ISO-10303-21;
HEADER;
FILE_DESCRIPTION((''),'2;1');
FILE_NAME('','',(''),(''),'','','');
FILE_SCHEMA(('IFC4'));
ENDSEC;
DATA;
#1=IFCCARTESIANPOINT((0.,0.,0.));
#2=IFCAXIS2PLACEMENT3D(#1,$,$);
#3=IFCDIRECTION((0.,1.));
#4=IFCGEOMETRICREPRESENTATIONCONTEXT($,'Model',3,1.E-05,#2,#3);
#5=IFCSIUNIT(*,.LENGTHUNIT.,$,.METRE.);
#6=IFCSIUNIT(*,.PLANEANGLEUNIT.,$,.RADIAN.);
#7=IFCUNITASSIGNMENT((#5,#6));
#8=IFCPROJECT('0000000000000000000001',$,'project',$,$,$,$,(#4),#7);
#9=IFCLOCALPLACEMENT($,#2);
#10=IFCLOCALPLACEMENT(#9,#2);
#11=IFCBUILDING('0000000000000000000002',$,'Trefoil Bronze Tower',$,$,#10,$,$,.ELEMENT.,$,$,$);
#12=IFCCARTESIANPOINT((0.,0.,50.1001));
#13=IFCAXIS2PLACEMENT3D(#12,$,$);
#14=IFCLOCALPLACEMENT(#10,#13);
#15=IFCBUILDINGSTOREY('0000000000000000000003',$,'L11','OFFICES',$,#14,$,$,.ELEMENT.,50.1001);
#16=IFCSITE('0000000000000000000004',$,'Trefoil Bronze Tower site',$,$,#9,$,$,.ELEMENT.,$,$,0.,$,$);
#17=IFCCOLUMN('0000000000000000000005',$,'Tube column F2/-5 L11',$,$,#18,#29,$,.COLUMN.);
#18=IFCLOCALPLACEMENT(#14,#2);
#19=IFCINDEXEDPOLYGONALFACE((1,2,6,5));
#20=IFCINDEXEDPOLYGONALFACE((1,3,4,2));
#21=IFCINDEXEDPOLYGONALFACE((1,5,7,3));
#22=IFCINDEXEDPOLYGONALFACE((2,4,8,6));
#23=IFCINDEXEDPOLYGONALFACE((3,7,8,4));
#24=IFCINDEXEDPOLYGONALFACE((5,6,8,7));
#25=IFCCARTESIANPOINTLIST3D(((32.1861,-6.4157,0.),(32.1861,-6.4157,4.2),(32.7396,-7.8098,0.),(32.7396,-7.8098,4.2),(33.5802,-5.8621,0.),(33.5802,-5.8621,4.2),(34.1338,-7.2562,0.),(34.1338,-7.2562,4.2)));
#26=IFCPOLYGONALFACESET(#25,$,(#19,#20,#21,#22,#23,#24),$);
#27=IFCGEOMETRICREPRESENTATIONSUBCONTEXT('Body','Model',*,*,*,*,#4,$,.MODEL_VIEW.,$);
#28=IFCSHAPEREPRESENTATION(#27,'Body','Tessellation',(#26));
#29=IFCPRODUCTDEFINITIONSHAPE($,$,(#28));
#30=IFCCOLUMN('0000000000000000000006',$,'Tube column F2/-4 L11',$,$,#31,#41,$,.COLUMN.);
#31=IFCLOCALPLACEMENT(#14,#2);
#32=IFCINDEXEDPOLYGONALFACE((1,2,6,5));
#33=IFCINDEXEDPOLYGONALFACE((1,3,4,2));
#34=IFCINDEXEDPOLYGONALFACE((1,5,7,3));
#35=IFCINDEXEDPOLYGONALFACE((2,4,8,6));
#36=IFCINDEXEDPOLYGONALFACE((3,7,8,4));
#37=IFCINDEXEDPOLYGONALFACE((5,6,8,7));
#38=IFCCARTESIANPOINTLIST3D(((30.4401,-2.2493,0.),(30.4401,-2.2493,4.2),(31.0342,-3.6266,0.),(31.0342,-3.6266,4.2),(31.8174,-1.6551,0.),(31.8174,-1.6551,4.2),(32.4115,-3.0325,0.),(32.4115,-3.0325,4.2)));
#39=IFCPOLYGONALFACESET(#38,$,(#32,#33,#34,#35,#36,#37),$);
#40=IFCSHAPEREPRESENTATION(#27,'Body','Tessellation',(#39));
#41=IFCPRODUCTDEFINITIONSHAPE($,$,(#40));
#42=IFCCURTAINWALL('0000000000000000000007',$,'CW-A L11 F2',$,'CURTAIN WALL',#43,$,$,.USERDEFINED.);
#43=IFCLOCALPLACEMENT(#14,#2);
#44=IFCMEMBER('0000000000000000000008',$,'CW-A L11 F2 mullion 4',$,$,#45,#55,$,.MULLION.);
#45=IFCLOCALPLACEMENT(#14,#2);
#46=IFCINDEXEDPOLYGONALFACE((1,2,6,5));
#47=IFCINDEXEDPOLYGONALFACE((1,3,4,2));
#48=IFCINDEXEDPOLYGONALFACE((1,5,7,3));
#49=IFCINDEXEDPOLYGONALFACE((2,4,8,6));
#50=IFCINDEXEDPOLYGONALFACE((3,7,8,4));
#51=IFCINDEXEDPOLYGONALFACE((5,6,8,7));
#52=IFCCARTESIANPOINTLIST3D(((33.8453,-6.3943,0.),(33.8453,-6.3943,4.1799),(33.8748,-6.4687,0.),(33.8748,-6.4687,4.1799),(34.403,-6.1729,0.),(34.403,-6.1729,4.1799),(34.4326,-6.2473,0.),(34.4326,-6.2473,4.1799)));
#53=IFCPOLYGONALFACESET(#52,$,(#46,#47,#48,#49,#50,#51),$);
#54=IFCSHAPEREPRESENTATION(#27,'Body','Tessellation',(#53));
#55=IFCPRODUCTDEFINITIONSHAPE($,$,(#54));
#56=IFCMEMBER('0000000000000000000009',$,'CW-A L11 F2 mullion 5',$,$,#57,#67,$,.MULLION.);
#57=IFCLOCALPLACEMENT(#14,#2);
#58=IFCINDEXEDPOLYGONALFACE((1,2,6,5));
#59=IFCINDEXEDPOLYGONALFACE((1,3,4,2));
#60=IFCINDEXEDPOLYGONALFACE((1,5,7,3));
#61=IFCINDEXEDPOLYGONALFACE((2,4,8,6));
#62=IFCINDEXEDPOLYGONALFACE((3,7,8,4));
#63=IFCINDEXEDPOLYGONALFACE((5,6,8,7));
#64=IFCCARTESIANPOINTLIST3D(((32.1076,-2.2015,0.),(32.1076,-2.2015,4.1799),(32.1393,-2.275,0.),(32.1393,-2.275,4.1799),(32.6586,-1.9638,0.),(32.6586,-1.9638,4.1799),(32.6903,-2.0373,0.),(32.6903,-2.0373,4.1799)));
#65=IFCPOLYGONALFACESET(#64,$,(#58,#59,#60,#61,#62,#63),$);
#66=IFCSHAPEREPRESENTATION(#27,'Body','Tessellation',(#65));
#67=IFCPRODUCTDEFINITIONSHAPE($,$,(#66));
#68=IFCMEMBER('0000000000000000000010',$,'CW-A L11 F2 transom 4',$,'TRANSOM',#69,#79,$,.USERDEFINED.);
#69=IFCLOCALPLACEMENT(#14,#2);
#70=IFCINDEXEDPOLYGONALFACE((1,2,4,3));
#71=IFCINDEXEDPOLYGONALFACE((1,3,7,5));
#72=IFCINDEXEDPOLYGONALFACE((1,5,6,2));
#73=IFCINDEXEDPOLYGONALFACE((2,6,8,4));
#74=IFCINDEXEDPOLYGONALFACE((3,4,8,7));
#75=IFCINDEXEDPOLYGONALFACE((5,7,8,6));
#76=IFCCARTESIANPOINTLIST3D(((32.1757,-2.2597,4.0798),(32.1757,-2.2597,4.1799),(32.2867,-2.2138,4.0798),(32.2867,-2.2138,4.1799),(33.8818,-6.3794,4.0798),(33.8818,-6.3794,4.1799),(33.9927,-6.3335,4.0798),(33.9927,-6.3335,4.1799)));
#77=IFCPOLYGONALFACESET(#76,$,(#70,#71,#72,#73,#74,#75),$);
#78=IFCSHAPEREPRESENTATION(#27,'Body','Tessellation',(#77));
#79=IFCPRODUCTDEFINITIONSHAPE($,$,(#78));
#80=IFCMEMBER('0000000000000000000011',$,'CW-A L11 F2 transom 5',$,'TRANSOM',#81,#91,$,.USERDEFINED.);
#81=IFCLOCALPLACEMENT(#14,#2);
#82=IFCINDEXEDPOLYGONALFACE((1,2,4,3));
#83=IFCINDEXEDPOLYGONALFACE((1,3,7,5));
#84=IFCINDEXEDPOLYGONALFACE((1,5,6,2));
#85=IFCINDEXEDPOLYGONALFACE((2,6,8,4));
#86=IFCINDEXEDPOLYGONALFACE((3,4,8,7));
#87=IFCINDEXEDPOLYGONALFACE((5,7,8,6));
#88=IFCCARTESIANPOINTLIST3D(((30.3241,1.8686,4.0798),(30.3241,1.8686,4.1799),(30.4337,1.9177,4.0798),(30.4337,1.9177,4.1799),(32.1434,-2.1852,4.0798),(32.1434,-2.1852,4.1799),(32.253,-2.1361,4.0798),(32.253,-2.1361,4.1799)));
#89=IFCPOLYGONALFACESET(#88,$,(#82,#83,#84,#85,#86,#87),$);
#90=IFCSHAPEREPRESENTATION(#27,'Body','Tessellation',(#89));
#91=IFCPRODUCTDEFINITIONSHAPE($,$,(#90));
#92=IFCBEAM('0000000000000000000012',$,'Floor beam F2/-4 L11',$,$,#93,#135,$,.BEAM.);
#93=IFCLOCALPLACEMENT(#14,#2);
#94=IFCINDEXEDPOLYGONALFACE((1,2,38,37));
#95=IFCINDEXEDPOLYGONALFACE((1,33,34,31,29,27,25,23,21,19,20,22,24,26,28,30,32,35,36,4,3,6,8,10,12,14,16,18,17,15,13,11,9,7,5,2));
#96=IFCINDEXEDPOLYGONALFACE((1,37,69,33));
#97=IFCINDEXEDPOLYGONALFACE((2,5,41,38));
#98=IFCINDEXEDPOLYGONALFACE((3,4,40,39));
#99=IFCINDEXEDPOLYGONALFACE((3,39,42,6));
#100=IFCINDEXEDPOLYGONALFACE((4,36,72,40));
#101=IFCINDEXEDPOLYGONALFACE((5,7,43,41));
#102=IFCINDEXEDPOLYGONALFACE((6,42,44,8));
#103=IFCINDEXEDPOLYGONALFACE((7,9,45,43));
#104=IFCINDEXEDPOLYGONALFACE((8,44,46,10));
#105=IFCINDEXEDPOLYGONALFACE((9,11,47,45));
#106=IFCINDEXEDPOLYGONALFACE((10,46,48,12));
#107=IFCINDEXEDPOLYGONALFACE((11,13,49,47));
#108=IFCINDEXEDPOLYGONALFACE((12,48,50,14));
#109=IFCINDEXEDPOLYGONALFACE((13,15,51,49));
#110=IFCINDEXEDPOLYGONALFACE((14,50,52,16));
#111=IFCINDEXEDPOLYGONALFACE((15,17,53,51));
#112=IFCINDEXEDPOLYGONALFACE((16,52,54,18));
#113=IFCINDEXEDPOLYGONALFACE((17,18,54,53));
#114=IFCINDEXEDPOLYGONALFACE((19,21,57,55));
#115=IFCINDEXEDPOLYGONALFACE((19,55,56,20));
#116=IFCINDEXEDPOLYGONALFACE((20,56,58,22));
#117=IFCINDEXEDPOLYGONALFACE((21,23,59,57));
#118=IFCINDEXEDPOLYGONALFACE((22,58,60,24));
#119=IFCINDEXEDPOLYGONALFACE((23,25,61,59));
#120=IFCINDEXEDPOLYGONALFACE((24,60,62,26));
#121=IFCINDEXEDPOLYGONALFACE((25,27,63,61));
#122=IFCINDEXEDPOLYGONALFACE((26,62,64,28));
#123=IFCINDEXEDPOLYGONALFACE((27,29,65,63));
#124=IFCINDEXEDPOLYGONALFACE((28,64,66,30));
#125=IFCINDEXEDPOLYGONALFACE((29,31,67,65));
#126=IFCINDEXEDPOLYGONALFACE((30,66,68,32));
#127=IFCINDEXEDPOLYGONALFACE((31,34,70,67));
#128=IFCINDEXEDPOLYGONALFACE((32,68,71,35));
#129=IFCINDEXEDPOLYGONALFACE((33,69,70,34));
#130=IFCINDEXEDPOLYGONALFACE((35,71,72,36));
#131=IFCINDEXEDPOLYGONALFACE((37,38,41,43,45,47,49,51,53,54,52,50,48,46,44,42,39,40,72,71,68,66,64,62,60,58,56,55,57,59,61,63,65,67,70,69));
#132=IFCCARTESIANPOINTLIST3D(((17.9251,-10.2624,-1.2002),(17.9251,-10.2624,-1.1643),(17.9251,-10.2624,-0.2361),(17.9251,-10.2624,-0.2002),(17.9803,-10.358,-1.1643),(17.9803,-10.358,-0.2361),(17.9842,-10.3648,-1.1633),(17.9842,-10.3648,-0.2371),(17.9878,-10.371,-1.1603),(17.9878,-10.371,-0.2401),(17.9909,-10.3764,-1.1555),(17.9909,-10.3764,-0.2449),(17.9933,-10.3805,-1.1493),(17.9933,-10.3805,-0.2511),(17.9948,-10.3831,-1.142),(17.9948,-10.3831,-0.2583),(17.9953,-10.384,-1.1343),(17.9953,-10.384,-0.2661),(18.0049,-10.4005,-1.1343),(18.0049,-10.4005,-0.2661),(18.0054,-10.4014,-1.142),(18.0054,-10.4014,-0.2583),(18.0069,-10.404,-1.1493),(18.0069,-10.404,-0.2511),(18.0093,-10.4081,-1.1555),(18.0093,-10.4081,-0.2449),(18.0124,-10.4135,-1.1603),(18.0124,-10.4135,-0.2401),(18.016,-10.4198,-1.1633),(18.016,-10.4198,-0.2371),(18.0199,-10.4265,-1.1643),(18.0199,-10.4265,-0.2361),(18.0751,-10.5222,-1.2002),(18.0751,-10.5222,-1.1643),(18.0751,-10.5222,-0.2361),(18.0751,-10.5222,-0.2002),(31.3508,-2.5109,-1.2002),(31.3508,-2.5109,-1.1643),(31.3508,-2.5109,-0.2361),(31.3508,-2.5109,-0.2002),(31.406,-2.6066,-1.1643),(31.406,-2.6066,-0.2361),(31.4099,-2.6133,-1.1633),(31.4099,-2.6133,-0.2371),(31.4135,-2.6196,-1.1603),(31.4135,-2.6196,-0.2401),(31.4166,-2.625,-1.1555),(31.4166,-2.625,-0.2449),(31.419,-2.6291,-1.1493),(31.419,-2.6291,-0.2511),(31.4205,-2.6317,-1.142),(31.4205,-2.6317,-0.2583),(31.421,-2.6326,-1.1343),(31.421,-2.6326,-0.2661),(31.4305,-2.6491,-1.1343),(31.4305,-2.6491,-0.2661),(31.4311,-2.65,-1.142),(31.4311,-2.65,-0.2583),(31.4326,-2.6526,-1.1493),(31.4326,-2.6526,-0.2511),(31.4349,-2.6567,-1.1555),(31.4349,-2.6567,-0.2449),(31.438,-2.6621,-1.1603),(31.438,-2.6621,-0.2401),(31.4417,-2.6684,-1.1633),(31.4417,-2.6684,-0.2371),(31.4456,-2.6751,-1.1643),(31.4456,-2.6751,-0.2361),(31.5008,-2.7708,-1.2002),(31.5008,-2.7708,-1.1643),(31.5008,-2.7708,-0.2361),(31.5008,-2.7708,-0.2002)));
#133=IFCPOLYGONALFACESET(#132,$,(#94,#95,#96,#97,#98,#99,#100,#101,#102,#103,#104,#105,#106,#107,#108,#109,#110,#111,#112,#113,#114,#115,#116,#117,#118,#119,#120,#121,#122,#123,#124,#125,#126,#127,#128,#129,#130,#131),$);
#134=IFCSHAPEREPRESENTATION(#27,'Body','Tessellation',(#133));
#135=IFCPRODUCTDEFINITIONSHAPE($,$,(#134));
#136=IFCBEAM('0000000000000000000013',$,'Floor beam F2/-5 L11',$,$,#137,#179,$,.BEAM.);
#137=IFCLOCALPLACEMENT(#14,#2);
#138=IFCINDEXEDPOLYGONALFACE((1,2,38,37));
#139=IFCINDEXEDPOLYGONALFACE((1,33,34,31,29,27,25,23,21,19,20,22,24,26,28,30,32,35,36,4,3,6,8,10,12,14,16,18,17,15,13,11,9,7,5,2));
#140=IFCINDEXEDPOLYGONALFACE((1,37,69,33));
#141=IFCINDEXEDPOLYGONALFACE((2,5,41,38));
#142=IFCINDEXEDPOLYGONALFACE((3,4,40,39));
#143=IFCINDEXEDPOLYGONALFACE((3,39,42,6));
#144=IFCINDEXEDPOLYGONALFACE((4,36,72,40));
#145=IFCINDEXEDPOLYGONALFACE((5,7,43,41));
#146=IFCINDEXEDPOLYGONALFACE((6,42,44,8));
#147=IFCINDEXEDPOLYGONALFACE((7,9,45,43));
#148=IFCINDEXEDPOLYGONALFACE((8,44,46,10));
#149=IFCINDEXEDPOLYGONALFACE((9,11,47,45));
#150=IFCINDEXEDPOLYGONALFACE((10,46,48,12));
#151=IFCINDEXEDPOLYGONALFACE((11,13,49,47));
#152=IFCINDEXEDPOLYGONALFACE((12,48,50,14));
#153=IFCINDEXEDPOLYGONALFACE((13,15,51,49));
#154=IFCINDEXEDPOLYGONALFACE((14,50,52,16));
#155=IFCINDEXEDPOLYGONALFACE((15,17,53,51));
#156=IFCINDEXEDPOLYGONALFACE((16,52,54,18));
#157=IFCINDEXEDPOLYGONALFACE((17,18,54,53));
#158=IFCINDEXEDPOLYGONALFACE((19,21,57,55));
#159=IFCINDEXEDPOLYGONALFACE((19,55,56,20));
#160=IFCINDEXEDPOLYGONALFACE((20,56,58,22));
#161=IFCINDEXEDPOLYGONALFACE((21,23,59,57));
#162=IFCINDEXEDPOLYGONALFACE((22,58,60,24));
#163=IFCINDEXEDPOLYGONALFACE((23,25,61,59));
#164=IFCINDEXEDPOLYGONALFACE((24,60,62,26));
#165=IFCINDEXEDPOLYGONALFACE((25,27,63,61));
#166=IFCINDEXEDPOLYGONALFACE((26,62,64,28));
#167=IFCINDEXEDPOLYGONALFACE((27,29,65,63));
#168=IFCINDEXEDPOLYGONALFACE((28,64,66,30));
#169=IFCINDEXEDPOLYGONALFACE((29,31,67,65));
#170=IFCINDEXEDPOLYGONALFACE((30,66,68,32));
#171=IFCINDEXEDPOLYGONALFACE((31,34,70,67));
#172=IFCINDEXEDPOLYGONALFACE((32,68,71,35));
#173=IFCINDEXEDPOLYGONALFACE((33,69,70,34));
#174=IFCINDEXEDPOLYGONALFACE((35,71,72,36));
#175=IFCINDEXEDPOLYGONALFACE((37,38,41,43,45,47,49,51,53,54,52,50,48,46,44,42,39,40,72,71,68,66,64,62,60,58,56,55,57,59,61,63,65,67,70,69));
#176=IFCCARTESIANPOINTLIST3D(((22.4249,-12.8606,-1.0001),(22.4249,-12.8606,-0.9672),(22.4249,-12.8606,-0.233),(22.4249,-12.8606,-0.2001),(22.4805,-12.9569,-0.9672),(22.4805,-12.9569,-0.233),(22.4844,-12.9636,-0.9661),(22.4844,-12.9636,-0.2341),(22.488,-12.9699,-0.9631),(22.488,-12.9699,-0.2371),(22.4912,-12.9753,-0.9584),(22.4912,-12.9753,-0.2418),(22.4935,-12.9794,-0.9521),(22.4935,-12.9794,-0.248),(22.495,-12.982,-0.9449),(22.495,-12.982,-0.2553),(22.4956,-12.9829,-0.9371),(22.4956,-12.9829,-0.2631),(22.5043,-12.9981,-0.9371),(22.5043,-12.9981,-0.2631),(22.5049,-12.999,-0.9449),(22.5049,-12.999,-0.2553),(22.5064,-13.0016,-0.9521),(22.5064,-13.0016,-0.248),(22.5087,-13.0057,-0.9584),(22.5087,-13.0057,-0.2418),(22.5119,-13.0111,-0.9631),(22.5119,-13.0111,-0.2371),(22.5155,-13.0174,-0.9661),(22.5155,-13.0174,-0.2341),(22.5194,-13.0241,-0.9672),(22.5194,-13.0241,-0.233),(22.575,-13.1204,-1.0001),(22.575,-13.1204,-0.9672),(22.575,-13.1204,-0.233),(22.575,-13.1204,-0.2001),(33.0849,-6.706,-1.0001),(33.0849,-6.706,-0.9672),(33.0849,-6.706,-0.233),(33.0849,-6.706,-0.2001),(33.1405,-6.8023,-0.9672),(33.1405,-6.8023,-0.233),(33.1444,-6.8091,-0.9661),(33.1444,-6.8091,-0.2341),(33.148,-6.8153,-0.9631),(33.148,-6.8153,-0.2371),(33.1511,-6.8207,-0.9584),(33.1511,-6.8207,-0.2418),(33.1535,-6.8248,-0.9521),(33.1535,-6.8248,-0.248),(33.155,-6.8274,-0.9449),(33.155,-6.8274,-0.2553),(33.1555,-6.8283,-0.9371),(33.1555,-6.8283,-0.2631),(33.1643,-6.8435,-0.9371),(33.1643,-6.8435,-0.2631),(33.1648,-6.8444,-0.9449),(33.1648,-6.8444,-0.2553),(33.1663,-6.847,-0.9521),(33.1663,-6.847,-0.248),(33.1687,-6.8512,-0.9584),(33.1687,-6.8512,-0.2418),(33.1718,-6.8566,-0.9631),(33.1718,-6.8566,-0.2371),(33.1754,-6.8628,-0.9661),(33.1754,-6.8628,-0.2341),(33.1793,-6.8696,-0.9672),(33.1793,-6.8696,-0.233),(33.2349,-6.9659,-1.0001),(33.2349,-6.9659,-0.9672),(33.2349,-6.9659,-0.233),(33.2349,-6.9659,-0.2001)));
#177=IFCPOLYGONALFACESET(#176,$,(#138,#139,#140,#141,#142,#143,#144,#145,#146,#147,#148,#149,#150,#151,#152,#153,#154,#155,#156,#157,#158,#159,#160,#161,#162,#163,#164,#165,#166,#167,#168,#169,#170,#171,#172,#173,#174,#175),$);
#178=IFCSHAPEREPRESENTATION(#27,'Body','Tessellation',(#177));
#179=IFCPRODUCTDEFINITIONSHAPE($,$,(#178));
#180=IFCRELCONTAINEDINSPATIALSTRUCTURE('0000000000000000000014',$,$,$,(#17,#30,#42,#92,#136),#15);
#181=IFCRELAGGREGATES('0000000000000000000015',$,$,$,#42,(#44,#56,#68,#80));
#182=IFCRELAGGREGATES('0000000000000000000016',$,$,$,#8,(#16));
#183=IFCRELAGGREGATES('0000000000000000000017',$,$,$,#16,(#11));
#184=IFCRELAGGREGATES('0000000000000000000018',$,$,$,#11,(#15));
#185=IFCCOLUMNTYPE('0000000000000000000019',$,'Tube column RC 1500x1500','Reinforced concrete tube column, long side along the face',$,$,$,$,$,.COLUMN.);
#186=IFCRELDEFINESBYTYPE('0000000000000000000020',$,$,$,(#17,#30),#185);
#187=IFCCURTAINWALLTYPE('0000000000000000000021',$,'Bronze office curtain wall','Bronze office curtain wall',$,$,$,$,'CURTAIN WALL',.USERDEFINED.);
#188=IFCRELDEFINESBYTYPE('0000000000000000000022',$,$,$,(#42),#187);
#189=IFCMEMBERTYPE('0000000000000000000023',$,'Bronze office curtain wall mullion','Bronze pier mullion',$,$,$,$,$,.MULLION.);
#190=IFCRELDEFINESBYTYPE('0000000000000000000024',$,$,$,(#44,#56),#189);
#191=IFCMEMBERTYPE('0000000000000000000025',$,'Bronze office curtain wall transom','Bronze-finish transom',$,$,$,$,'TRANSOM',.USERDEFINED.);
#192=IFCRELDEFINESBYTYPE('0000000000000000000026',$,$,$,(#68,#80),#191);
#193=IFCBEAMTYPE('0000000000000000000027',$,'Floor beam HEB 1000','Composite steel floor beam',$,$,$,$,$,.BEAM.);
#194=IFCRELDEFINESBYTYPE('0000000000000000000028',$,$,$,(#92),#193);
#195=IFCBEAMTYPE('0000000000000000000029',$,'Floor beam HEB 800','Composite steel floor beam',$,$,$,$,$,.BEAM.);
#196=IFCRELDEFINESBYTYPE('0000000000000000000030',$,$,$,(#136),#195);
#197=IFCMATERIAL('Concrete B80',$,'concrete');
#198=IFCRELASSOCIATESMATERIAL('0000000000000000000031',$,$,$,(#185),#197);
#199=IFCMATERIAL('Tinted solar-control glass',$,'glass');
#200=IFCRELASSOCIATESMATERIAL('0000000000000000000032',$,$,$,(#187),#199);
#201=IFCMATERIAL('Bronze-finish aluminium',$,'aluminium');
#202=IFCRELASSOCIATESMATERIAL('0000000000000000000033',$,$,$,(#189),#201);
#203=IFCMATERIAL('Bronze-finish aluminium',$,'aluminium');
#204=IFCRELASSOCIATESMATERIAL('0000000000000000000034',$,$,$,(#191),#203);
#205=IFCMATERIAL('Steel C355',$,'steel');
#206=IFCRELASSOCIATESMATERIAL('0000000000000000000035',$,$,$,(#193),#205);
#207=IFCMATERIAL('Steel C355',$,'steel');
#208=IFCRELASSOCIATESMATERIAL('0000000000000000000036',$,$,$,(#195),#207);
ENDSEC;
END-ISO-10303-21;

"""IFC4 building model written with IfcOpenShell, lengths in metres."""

from ifc_helpers import new_model, si_unit, direction, frame, origin, origin_2d, place, context, subcontext, project, spatial, rectangle, i_section, extrude, material, material_profile, profile_set, type_object, element, aggregate, save


model = new_model("IFC4")

# Units and contexts
model_context = context("Model", 3, precision=1e-05, world=origin(), true_north=direction((0.0, 1.0)))
body_context = subcontext(model_context, "Body", "Model", "MODEL_VIEW")
ifc_project = project(units=[si_unit("LENGTHUNIT", "METRE"), si_unit("PLANEANGLEUNIT", "RADIAN")], contexts=[model_context])

# Site, building, storey
site_placement = place(None, origin())
site = spatial("IfcSite", under=ifc_project, at=site_placement, Name="Trefoil Bronze Tower site", CompositionType="ELEMENT", RefElevation=0.0)
building_placement = place(site_placement, origin())
building = spatial("IfcBuilding", under=site, at=building_placement, Name="Trefoil Bronze Tower", CompositionType="ELEMENT")
storey_placement = place(building_placement, frame((0.0, 0.0, 50.1001)))
storey = spatial("IfcBuildingStorey", under=building, at=storey_placement, Name="L11", Description="OFFICES", CompositionType="ELEMENT", Elevation=50.1001)

# Columns
ifc_material_1 = material(Name="Concrete B80", Category="concrete")
ifc_material_profile_1 = material_profile(ifc_material_1, rectangle(XDim=1.5, YDim=1.5, at=origin_2d()), Name="RC 1500x1500")
ifc_profile_set_1 = profile_set([ifc_material_profile_1], Name="Concrete B80")
column_type = type_object("IfcColumnType", Name="Tube column RC 1500x1500", Description="Reinforced concrete tube column, long side along the face", PredefinedType="COLUMN", material=ifc_profile_set_1)
for number, where, z_axis, x_axis, name in (
    (1, (33.1599, -6.8359, 0.0), (0.0, 0.0, 1.0), (-0.36904, 0.929414, 0.0), "Tube column F2/-5 L11"),
    (2, (31.4258, -2.6409, 0.0), (0.0, 0.0, 1.0), (-0.396085, 0.918214, 0.0), "Tube column F2/-4 L11"),
):
    element("IfcColumn", number, at=place(storey_placement, frame(where, z_axis=z_axis, x_axis=x_axis)), inside=storey, type_object=column_type, Name=name, PredefinedType="COLUMN", context=body_context, shape_type="SweptSolid", body=[
        extrude(rectangle(XDim=1.5, YDim=1.5, at=origin_2d()), origin(), (0.0, 0.0, 1.0), 4.2),
    ])

# Curtain wall, members
ifc_material_2 = material(Name="Tinted solar-control glass", Category="glass")
curtain_wall_type = type_object("IfcCurtainWallType", Name="Bronze office curtain wall", Description="Bronze office curtain wall", ElementType="CURTAIN WALL", PredefinedType="USERDEFINED", material=ifc_material_2)
curtain_wall_placement = place(storey_placement, origin())
curtain_wall = element("IfcCurtainWall", 3, at=curtain_wall_placement, inside=storey, type_object=curtain_wall_type, Name="CW-A L11 F2", ObjectType="CURTAIN WALL", PredefinedType="USERDEFINED")
ifc_material_3 = material(Name="Bronze-finish aluminium", Category="aluminium")
ifc_material_profile_2 = material_profile(ifc_material_3, rectangle(XDim=0.6001, YDim=0.0801, at=origin_2d()), Name="CW-A mullion")
ifc_profile_set_2 = profile_set([ifc_material_profile_2], Name="Bronze-finish aluminium")
member_type_1 = type_object("IfcMemberType", Name="Bronze office curtain wall mullion", Description="Bronze pier mullion", PredefinedType="MULLION", material=ifc_profile_set_2)
member_1_placement = place(storey_placement, frame((34.1389, -6.3208, 0.0), z_axis=(0.0, 0.0, 1.0), x_axis=(-0.929414, -0.36904, 0.0)))
member_1 = element("IfcMember", 4, at=member_1_placement, type_object=member_type_1, Name="CW-A L11 F2 mullion 4", PredefinedType="MULLION", context=body_context, shape_type="SweptSolid", body=[
    extrude(rectangle(XDim=0.6001, YDim=0.0801, at=origin_2d()), origin(), (0.0, 0.0, 1.0), 4.1799),
])
member_2_placement = place(storey_placement, frame((32.3989, -2.1194, 0.0), z_axis=(0.0, 0.0, 1.0), x_axis=(-0.918214, -0.396085, 0.0)))
member_2 = element("IfcMember", 5, at=member_2_placement, type_object=member_type_1, Name="CW-A L11 F2 mullion 5", PredefinedType="MULLION", context=body_context, shape_type="SweptSolid", body=[
    extrude(rectangle(XDim=0.6001, YDim=0.0801, at=origin_2d()), origin(), (0.0, 0.0, 1.0), 4.1799),
])
ifc_material_4 = material(Name="Bronze-finish aluminium", Category="aluminium")
ifc_material_profile_3 = material_profile(ifc_material_4, rectangle(XDim=0.1201, YDim=0.1001, at=origin_2d()), Name="CW-A transom")
ifc_profile_set_3 = profile_set([ifc_material_profile_3], Name="Bronze-finish aluminium")
member_type_2 = type_object("IfcMemberType", Name="Bronze office curtain wall transom", Description="Bronze-finish transom", ElementType="TRANSOM", PredefinedType="USERDEFINED", material=ifc_profile_set_3)
member_3_placement = place(storey_placement, frame((33.9373, -6.3564, 4.1299), z_axis=(-0.382616, 0.923907, 0.0), x_axis=(-0.923907, -0.382616, 0.0)))
member_3 = element("IfcMember", 6, at=member_3_placement, type_object=member_type_2, Name="CW-A L11 F2 transom 4", ObjectType="TRANSOM", PredefinedType="USERDEFINED", context=body_context, shape_type="SweptSolid", body=[
    extrude(rectangle(XDim=0.1201, YDim=0.1001, at=origin_2d()), origin(), (0.0, 0.0, 1.0), 4.459),
])
member_4_placement = place(storey_placement, frame((32.1982, -2.1606, 4.1299), z_axis=(-0.40946, 0.912328, 0.0), x_axis=(-0.912328, -0.40946, 0.0)))
member_4 = element("IfcMember", 7, at=member_4_placement, type_object=member_type_2, Name="CW-A L11 F2 transom 5", ObjectType="TRANSOM", PredefinedType="USERDEFINED", context=body_context, shape_type="SweptSolid", body=[
    extrude(rectangle(XDim=0.1201, YDim=0.1001, at=origin_2d()), origin(), (0.0, 0.0, 1.0), 4.4434),
])

# Beams
ifc_material_5 = material(Name="Steel C355", Category="steel")
ifc_material_profile_4 = material_profile(ifc_material_5, i_section(OverallWidth=0.3, OverallDepth=1.0, WebThickness=0.019, FlangeThickness=0.0359, FilletRadius=0.03, at=origin_2d()), Name="HEB 1000")
ifc_profile_set_4 = profile_set([ifc_material_profile_4], Name="Steel C355")
beam_type_1 = type_object("IfcBeamType", Name="Floor beam HEB 1000", Description="Composite steel floor beam", PredefinedType="BEAM", material=ifc_profile_set_4)
beam_1_placement = place(storey_placement, frame((31.4258, -2.6409, -0.7002), z_axis=(-0.866023, -0.500004, 0.0), x_axis=(0.500004, -0.866023, 0.0)))
element("IfcBeam", 8, at=beam_1_placement, inside=storey, type_object=beam_type_1, Name="Floor beam F2/-4 L11", PredefinedType="BEAM", context=body_context, shape_type="SweptSolid", body=[
    extrude(i_section(OverallWidth=0.3, OverallDepth=1.0, WebThickness=0.019, FlangeThickness=0.0359, FilletRadius=0.03, at=origin_2d()), origin(), (0.0, 0.0, 1.0), 15.5027),
])
ifc_material_6 = material(Name="Steel C355", Category="steel")
ifc_material_profile_5 = material_profile(ifc_material_6, i_section(OverallWidth=0.3, OverallDepth=0.8, WebThickness=0.0176, FlangeThickness=0.033, FilletRadius=0.03, at=origin_2d()), Name="HEB 800")
ifc_profile_set_5 = profile_set([ifc_material_profile_5], Name="Steel C355")
beam_type_2 = type_object("IfcBeamType", Name="Floor beam HEB 800", Description="Composite steel floor beam", PredefinedType="BEAM", material=ifc_profile_set_5)
beam_2_placement = place(storey_placement, frame((33.1599, -6.8359, -0.6001), z_axis=(-0.866024, -0.500002, 0.0), x_axis=(0.500002, -0.866024, 0.0)))
element("IfcBeam", 9, at=beam_2_placement, inside=storey, type_object=beam_type_2, Name="Floor beam F2/-5 L11", PredefinedType="BEAM", context=body_context, shape_type="SweptSolid", body=[
    extrude(i_section(OverallWidth=0.3, OverallDepth=0.8, WebThickness=0.0176, FlangeThickness=0.033, FilletRadius=0.03, at=origin_2d()), origin(), (0.0, 0.0, 1.0), 12.3091),
])

aggregate(curtain_wall, [member_1, member_2, member_3, member_4])

save(model, "model.ifc")
